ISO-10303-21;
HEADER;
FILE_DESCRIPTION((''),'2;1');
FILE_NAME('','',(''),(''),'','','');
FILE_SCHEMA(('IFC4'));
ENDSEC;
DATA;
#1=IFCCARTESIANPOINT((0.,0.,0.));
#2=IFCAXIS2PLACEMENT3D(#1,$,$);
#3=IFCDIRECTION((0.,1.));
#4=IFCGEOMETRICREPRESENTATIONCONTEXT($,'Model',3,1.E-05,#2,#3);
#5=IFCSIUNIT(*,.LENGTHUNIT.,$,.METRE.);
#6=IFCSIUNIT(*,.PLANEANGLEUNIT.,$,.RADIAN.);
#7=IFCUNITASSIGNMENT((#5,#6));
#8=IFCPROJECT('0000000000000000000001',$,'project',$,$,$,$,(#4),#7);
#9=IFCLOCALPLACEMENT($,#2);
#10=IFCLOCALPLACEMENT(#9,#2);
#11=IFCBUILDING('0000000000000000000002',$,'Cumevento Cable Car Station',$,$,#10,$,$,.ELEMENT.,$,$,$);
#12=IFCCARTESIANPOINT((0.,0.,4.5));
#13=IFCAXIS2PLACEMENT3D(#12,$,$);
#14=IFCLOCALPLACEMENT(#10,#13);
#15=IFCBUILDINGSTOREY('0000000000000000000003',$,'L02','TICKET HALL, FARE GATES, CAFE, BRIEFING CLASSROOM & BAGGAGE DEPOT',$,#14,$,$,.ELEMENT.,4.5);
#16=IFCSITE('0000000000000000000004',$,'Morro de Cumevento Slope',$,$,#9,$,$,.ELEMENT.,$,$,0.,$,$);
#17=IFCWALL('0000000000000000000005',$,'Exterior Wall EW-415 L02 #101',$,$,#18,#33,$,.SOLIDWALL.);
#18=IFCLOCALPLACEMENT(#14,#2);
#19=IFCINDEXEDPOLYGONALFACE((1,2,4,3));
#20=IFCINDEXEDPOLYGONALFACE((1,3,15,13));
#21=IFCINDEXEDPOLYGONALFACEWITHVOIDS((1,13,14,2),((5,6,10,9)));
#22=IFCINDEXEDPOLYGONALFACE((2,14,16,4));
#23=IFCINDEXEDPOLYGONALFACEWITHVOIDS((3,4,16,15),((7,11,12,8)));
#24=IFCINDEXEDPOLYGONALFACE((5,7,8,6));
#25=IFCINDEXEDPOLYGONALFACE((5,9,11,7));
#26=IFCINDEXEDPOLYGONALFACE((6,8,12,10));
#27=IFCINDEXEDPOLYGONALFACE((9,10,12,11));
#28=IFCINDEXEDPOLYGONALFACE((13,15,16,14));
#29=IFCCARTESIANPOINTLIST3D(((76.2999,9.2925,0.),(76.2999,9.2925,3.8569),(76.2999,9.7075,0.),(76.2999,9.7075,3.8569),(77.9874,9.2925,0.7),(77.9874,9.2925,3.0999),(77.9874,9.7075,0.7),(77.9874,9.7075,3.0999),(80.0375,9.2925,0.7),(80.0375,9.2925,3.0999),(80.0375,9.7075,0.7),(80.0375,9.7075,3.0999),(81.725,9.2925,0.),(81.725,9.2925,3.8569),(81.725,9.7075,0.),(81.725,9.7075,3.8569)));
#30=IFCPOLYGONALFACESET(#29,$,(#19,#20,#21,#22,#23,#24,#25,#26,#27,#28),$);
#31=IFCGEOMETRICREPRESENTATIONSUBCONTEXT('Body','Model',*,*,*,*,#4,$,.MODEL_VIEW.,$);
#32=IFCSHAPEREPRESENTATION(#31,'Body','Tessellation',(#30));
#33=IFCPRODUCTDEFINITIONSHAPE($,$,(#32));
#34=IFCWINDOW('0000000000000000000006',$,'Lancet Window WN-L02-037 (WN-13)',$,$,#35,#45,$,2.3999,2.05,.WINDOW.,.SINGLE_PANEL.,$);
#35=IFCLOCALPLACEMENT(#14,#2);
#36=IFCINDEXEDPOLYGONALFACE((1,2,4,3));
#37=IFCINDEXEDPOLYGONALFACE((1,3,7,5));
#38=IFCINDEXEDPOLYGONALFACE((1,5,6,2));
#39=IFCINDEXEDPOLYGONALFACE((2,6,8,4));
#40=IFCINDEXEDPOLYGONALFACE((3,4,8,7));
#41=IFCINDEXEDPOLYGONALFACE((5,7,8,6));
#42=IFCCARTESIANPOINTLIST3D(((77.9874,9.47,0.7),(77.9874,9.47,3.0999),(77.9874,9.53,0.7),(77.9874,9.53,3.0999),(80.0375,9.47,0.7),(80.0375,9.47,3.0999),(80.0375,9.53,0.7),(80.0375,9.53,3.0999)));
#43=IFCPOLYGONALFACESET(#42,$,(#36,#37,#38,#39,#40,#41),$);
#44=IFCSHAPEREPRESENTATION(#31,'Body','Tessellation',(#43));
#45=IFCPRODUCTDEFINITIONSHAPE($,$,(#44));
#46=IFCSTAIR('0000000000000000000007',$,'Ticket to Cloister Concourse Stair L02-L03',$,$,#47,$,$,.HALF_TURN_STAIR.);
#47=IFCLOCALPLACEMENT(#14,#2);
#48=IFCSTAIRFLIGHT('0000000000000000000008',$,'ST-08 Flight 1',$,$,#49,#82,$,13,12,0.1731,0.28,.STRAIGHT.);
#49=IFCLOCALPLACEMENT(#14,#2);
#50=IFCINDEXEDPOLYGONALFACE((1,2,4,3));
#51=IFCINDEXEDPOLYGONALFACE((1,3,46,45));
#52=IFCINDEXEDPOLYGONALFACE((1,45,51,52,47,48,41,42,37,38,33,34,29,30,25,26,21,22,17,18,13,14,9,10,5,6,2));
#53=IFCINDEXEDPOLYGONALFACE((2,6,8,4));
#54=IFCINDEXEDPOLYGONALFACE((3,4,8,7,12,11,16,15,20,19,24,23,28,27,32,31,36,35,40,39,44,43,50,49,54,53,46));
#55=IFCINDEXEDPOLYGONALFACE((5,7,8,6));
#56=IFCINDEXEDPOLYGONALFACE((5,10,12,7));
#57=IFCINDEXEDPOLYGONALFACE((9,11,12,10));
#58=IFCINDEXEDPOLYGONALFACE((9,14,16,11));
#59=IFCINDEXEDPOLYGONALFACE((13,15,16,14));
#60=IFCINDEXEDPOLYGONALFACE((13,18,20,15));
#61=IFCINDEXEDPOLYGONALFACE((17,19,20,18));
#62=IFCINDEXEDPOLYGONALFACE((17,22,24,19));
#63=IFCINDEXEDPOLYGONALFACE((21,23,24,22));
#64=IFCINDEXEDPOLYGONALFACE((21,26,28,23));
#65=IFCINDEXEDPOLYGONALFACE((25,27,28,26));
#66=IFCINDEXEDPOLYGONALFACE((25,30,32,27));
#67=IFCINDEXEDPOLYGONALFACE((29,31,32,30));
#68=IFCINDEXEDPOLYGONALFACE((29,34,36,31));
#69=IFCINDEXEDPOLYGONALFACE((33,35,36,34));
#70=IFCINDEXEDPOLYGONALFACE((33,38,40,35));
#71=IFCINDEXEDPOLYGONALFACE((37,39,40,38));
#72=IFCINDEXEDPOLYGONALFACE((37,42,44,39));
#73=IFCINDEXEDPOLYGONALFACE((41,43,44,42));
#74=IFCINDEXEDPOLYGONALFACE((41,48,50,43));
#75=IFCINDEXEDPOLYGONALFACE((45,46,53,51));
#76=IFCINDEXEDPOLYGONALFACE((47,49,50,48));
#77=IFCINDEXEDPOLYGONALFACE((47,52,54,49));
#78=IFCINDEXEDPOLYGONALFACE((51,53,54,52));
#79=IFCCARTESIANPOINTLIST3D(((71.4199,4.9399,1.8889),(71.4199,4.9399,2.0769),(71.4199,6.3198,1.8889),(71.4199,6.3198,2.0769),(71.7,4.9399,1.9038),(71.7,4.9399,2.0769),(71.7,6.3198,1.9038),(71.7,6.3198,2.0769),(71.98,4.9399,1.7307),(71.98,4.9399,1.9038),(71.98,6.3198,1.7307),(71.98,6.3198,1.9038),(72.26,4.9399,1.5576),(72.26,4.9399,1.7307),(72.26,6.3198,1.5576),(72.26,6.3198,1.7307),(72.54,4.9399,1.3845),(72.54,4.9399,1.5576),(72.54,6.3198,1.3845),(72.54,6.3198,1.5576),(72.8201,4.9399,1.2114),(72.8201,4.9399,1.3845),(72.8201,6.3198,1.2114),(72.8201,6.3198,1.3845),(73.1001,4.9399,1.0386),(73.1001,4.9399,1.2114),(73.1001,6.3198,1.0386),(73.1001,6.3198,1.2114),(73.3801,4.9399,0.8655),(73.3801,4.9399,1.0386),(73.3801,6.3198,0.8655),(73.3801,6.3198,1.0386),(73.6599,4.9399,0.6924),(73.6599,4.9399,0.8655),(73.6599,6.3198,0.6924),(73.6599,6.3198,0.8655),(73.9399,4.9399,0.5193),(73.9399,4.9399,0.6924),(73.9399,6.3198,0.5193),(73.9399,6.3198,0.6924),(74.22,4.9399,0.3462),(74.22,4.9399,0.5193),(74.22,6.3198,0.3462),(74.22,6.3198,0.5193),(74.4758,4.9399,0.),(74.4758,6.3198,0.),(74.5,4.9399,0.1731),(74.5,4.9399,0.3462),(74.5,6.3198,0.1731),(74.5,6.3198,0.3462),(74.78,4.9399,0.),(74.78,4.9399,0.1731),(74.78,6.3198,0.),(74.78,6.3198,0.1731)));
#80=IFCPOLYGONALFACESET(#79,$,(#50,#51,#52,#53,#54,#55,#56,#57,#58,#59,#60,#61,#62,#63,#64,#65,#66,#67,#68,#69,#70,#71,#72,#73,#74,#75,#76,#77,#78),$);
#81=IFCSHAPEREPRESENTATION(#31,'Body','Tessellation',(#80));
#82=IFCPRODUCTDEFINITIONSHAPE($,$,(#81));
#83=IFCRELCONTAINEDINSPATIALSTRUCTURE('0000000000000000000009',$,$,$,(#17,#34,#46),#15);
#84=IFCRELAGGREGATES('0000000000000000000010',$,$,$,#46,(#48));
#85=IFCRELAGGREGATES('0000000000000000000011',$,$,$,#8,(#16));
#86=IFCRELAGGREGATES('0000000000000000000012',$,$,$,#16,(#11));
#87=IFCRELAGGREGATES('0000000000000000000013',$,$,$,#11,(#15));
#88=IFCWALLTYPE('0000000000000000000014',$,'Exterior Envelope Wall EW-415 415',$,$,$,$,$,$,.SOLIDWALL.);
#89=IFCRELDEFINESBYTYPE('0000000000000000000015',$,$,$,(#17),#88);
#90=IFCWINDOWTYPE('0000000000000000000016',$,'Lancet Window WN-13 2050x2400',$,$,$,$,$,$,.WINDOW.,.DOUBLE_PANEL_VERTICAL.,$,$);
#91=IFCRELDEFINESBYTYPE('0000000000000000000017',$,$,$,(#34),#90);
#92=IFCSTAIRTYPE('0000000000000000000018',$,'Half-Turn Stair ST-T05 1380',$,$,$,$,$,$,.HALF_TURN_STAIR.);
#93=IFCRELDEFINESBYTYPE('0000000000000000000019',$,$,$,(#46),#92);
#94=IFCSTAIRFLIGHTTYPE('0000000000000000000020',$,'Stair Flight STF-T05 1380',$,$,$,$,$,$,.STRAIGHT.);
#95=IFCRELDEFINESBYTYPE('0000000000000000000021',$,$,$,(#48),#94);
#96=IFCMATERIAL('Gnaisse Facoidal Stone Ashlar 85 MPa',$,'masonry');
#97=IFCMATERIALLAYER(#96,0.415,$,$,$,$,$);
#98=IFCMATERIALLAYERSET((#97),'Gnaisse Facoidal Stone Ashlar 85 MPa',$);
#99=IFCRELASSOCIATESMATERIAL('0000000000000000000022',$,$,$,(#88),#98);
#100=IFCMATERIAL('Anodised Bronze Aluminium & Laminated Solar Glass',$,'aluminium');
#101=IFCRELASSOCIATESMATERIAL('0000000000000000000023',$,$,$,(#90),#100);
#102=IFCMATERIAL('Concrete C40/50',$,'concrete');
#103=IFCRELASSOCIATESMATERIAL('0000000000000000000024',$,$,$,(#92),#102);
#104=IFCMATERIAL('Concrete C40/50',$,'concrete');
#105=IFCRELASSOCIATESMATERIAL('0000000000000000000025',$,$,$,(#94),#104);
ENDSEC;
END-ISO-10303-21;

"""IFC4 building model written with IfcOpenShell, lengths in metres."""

from ifc_helpers import new_model, si_unit, direction, frame, frame_2d, origin, place, context, subcontext, project, spatial, polyline, rectangle, outline, extrude, material, layer, layer_set, type_object, element, fill, aggregate, save


model = new_model("IFC4")

# Units and contexts
model_context = context("Model", 3, precision=1e-05, world=origin(), true_north=direction((0.0, 1.0)))
body_context = subcontext(model_context, "Body", "Model", "MODEL_VIEW")
ifc_project = project(units=[si_unit("LENGTHUNIT", "METRE"), si_unit("PLANEANGLEUNIT", "RADIAN")], contexts=[model_context])

# Site, building, storey
site_placement = place(None, origin())
site = spatial("IfcSite", under=ifc_project, at=site_placement, Name="Morro de Cumevento Slope", CompositionType="ELEMENT", RefElevation=0.0)
building_placement = place(site_placement, origin())
building = spatial("IfcBuilding", under=site, at=building_placement, Name="Cumevento Cable Car Station", CompositionType="ELEMENT")
storey_placement = place(building_placement, frame((0.0, 0.0, 4.5)))
storey = spatial("IfcBuildingStorey", under=building, at=storey_placement, Name="L02", Description="TICKET HALL, FARE GATES, CAFE, BRIEFING CLASSROOM & BAGGAGE DEPOT", CompositionType="ELEMENT", Elevation=4.5)

# Wall, opening, window
ifc_material_1 = material(Name="Gnaisse Facoidal Stone Ashlar 85 MPa", Category="masonry")
ifc_layer_1 = layer(ifc_material_1, 0.415)
ifc_layer_set_1 = layer_set([ifc_layer_1], Name="Gnaisse Facoidal Stone Ashlar 85 MPa")
wall_type = type_object("IfcWallType", Name="Exterior Envelope Wall EW-415 415", PredefinedType="SOLIDWALL", material=ifc_layer_set_1)
wall_placement = place(storey_placement, frame((76.3, 9.5, 0.0), z_axis=(0.0, 0.0, 1.0), x_axis=(1.0, 0.0, 0.0)))
wall = element("IfcWall", 1, at=wall_placement, inside=storey, type_object=wall_type, Name="Exterior Wall EW-415 L02 #101", PredefinedType="SOLIDWALL", context=body_context, shape_type="SweptSolid", body=[
    extrude(rectangle(XDim=5.425, YDim=0.415, at=frame_2d((2.7124, 0.0))), origin(), (0.0, 0.0, 1.0), 3.8569),
])
opening_placement = place(wall_placement, frame((1.6875, 0.0, 0.7)))
opening = element("IfcOpeningElement", 2, at=opening_placement, cuts=wall, PredefinedType="OPENING", context=body_context, shape_type="SweptSolid", body=[
    extrude(rectangle(XDim=2.05, YDim=2.3999, at=frame_2d((1.0249, 1.2))), frame((0.0, 0.2175, 0.0), z_axis=(0.0, -1.0, 0.0), x_axis=(1.0, 0.0, 0.0)), (0.0, 0.0, 1.0), 0.4351),
])
ifc_material_2 = material(Name="Anodised Bronze Aluminium & Laminated Solar Glass", Category="aluminium")
window_type = type_object("IfcWindowType", Name="Lancet Window WN-13 2050x2400", PartitioningType="DOUBLE_PANEL_VERTICAL", PredefinedType="WINDOW", material=ifc_material_2)
window_placement = place(opening_placement, origin())
window = element("IfcWindow", 3, at=window_placement, inside=storey, type_object=window_type, Name="Lancet Window WN-L02-037 (WN-13)", OverallHeight=2.3999, OverallWidth=2.05, PartitioningType="SINGLE_PANEL", PredefinedType="WINDOW", context=body_context, shape_type="SweptSolid", body=[
    extrude(rectangle(XDim=2.05, YDim=2.3999, at=frame_2d((1.0249, 1.2))), frame((0.0, 0.03, 0.0), z_axis=(0.0, -1.0, 0.0), x_axis=(1.0, 0.0, 0.0)), (0.0, 0.0, 1.0), 0.0601),
])
fill(opening, window)

# Stair, stair flight
ifc_material_3 = material(Name="Concrete C40/50", Category="concrete")
stair_type = type_object("IfcStairType", Name="Half-Turn Stair ST-T05 1380", PredefinedType="HALF_TURN_STAIR", material=ifc_material_3)
stair_placement = place(storey_placement, origin())
stair = element("IfcStair", 4, at=stair_placement, inside=storey, type_object=stair_type, Name="Ticket to Cloister Concourse Stair L02-L03", PredefinedType="HALF_TURN_STAIR")
ifc_material_4 = material(Name="Concrete C40/50", Category="concrete")
stair_flight_type = type_object("IfcStairFlightType", Name="Stair Flight STF-T05 1380", PredefinedType="STRAIGHT", material=ifc_material_4)
stair_flight_placement = place(storey_placement, frame((74.78, 5.6299, 0.0), z_axis=(0.0, 0.0, 1.0), x_axis=(-1.0, 0.0, 0.0)))
stair_flight = element("IfcStairFlight", 5, at=stair_flight_placement, type_object=stair_flight_type, Name="ST-08 Flight 1", NumberOfRisers=13, NumberOfTreads=12, PredefinedType="STRAIGHT", RiserHeight=0.1731, TreadLength=0.28, context=body_context, shape_type="SweptSolid", body=[
    extrude(outline(polyline([(0.0, 0.0), (0.0, 0.1731), (0.28, 0.1731), (0.28, 0.3462), (0.5601, 0.3462), (0.5601, 0.5193), (0.8401, 0.5193), (0.8401, 0.6924), (1.1201, 0.6924), (1.1201, 0.8655), (1.3999, 0.8655), (1.3999, 1.0386), (1.6799, 1.0386), (1.6799, 1.2114), (1.96, 1.2114), (1.96, 1.3845), (2.24, 1.3845), (2.24, 1.5576), (2.52, 1.5576), (2.52, 1.7307), (2.8, 1.7307), (2.8, 1.9038), (3.0801, 1.9038), (3.0801, 2.0769), (3.3601, 2.0769), (3.3601, 2.25), (3.3601, 1.8889), (0.3042, 0.0), (0.0, 0.0)])), frame((0.0, 0.6899, 0.0), z_axis=(0.0, -1.0, 0.0), x_axis=(1.0, 0.0, 0.0)), (0.0, 0.0, 1.0), 1.3799),
])
aggregate(stair, [stair_flight])

save(model, "model.ifc")
